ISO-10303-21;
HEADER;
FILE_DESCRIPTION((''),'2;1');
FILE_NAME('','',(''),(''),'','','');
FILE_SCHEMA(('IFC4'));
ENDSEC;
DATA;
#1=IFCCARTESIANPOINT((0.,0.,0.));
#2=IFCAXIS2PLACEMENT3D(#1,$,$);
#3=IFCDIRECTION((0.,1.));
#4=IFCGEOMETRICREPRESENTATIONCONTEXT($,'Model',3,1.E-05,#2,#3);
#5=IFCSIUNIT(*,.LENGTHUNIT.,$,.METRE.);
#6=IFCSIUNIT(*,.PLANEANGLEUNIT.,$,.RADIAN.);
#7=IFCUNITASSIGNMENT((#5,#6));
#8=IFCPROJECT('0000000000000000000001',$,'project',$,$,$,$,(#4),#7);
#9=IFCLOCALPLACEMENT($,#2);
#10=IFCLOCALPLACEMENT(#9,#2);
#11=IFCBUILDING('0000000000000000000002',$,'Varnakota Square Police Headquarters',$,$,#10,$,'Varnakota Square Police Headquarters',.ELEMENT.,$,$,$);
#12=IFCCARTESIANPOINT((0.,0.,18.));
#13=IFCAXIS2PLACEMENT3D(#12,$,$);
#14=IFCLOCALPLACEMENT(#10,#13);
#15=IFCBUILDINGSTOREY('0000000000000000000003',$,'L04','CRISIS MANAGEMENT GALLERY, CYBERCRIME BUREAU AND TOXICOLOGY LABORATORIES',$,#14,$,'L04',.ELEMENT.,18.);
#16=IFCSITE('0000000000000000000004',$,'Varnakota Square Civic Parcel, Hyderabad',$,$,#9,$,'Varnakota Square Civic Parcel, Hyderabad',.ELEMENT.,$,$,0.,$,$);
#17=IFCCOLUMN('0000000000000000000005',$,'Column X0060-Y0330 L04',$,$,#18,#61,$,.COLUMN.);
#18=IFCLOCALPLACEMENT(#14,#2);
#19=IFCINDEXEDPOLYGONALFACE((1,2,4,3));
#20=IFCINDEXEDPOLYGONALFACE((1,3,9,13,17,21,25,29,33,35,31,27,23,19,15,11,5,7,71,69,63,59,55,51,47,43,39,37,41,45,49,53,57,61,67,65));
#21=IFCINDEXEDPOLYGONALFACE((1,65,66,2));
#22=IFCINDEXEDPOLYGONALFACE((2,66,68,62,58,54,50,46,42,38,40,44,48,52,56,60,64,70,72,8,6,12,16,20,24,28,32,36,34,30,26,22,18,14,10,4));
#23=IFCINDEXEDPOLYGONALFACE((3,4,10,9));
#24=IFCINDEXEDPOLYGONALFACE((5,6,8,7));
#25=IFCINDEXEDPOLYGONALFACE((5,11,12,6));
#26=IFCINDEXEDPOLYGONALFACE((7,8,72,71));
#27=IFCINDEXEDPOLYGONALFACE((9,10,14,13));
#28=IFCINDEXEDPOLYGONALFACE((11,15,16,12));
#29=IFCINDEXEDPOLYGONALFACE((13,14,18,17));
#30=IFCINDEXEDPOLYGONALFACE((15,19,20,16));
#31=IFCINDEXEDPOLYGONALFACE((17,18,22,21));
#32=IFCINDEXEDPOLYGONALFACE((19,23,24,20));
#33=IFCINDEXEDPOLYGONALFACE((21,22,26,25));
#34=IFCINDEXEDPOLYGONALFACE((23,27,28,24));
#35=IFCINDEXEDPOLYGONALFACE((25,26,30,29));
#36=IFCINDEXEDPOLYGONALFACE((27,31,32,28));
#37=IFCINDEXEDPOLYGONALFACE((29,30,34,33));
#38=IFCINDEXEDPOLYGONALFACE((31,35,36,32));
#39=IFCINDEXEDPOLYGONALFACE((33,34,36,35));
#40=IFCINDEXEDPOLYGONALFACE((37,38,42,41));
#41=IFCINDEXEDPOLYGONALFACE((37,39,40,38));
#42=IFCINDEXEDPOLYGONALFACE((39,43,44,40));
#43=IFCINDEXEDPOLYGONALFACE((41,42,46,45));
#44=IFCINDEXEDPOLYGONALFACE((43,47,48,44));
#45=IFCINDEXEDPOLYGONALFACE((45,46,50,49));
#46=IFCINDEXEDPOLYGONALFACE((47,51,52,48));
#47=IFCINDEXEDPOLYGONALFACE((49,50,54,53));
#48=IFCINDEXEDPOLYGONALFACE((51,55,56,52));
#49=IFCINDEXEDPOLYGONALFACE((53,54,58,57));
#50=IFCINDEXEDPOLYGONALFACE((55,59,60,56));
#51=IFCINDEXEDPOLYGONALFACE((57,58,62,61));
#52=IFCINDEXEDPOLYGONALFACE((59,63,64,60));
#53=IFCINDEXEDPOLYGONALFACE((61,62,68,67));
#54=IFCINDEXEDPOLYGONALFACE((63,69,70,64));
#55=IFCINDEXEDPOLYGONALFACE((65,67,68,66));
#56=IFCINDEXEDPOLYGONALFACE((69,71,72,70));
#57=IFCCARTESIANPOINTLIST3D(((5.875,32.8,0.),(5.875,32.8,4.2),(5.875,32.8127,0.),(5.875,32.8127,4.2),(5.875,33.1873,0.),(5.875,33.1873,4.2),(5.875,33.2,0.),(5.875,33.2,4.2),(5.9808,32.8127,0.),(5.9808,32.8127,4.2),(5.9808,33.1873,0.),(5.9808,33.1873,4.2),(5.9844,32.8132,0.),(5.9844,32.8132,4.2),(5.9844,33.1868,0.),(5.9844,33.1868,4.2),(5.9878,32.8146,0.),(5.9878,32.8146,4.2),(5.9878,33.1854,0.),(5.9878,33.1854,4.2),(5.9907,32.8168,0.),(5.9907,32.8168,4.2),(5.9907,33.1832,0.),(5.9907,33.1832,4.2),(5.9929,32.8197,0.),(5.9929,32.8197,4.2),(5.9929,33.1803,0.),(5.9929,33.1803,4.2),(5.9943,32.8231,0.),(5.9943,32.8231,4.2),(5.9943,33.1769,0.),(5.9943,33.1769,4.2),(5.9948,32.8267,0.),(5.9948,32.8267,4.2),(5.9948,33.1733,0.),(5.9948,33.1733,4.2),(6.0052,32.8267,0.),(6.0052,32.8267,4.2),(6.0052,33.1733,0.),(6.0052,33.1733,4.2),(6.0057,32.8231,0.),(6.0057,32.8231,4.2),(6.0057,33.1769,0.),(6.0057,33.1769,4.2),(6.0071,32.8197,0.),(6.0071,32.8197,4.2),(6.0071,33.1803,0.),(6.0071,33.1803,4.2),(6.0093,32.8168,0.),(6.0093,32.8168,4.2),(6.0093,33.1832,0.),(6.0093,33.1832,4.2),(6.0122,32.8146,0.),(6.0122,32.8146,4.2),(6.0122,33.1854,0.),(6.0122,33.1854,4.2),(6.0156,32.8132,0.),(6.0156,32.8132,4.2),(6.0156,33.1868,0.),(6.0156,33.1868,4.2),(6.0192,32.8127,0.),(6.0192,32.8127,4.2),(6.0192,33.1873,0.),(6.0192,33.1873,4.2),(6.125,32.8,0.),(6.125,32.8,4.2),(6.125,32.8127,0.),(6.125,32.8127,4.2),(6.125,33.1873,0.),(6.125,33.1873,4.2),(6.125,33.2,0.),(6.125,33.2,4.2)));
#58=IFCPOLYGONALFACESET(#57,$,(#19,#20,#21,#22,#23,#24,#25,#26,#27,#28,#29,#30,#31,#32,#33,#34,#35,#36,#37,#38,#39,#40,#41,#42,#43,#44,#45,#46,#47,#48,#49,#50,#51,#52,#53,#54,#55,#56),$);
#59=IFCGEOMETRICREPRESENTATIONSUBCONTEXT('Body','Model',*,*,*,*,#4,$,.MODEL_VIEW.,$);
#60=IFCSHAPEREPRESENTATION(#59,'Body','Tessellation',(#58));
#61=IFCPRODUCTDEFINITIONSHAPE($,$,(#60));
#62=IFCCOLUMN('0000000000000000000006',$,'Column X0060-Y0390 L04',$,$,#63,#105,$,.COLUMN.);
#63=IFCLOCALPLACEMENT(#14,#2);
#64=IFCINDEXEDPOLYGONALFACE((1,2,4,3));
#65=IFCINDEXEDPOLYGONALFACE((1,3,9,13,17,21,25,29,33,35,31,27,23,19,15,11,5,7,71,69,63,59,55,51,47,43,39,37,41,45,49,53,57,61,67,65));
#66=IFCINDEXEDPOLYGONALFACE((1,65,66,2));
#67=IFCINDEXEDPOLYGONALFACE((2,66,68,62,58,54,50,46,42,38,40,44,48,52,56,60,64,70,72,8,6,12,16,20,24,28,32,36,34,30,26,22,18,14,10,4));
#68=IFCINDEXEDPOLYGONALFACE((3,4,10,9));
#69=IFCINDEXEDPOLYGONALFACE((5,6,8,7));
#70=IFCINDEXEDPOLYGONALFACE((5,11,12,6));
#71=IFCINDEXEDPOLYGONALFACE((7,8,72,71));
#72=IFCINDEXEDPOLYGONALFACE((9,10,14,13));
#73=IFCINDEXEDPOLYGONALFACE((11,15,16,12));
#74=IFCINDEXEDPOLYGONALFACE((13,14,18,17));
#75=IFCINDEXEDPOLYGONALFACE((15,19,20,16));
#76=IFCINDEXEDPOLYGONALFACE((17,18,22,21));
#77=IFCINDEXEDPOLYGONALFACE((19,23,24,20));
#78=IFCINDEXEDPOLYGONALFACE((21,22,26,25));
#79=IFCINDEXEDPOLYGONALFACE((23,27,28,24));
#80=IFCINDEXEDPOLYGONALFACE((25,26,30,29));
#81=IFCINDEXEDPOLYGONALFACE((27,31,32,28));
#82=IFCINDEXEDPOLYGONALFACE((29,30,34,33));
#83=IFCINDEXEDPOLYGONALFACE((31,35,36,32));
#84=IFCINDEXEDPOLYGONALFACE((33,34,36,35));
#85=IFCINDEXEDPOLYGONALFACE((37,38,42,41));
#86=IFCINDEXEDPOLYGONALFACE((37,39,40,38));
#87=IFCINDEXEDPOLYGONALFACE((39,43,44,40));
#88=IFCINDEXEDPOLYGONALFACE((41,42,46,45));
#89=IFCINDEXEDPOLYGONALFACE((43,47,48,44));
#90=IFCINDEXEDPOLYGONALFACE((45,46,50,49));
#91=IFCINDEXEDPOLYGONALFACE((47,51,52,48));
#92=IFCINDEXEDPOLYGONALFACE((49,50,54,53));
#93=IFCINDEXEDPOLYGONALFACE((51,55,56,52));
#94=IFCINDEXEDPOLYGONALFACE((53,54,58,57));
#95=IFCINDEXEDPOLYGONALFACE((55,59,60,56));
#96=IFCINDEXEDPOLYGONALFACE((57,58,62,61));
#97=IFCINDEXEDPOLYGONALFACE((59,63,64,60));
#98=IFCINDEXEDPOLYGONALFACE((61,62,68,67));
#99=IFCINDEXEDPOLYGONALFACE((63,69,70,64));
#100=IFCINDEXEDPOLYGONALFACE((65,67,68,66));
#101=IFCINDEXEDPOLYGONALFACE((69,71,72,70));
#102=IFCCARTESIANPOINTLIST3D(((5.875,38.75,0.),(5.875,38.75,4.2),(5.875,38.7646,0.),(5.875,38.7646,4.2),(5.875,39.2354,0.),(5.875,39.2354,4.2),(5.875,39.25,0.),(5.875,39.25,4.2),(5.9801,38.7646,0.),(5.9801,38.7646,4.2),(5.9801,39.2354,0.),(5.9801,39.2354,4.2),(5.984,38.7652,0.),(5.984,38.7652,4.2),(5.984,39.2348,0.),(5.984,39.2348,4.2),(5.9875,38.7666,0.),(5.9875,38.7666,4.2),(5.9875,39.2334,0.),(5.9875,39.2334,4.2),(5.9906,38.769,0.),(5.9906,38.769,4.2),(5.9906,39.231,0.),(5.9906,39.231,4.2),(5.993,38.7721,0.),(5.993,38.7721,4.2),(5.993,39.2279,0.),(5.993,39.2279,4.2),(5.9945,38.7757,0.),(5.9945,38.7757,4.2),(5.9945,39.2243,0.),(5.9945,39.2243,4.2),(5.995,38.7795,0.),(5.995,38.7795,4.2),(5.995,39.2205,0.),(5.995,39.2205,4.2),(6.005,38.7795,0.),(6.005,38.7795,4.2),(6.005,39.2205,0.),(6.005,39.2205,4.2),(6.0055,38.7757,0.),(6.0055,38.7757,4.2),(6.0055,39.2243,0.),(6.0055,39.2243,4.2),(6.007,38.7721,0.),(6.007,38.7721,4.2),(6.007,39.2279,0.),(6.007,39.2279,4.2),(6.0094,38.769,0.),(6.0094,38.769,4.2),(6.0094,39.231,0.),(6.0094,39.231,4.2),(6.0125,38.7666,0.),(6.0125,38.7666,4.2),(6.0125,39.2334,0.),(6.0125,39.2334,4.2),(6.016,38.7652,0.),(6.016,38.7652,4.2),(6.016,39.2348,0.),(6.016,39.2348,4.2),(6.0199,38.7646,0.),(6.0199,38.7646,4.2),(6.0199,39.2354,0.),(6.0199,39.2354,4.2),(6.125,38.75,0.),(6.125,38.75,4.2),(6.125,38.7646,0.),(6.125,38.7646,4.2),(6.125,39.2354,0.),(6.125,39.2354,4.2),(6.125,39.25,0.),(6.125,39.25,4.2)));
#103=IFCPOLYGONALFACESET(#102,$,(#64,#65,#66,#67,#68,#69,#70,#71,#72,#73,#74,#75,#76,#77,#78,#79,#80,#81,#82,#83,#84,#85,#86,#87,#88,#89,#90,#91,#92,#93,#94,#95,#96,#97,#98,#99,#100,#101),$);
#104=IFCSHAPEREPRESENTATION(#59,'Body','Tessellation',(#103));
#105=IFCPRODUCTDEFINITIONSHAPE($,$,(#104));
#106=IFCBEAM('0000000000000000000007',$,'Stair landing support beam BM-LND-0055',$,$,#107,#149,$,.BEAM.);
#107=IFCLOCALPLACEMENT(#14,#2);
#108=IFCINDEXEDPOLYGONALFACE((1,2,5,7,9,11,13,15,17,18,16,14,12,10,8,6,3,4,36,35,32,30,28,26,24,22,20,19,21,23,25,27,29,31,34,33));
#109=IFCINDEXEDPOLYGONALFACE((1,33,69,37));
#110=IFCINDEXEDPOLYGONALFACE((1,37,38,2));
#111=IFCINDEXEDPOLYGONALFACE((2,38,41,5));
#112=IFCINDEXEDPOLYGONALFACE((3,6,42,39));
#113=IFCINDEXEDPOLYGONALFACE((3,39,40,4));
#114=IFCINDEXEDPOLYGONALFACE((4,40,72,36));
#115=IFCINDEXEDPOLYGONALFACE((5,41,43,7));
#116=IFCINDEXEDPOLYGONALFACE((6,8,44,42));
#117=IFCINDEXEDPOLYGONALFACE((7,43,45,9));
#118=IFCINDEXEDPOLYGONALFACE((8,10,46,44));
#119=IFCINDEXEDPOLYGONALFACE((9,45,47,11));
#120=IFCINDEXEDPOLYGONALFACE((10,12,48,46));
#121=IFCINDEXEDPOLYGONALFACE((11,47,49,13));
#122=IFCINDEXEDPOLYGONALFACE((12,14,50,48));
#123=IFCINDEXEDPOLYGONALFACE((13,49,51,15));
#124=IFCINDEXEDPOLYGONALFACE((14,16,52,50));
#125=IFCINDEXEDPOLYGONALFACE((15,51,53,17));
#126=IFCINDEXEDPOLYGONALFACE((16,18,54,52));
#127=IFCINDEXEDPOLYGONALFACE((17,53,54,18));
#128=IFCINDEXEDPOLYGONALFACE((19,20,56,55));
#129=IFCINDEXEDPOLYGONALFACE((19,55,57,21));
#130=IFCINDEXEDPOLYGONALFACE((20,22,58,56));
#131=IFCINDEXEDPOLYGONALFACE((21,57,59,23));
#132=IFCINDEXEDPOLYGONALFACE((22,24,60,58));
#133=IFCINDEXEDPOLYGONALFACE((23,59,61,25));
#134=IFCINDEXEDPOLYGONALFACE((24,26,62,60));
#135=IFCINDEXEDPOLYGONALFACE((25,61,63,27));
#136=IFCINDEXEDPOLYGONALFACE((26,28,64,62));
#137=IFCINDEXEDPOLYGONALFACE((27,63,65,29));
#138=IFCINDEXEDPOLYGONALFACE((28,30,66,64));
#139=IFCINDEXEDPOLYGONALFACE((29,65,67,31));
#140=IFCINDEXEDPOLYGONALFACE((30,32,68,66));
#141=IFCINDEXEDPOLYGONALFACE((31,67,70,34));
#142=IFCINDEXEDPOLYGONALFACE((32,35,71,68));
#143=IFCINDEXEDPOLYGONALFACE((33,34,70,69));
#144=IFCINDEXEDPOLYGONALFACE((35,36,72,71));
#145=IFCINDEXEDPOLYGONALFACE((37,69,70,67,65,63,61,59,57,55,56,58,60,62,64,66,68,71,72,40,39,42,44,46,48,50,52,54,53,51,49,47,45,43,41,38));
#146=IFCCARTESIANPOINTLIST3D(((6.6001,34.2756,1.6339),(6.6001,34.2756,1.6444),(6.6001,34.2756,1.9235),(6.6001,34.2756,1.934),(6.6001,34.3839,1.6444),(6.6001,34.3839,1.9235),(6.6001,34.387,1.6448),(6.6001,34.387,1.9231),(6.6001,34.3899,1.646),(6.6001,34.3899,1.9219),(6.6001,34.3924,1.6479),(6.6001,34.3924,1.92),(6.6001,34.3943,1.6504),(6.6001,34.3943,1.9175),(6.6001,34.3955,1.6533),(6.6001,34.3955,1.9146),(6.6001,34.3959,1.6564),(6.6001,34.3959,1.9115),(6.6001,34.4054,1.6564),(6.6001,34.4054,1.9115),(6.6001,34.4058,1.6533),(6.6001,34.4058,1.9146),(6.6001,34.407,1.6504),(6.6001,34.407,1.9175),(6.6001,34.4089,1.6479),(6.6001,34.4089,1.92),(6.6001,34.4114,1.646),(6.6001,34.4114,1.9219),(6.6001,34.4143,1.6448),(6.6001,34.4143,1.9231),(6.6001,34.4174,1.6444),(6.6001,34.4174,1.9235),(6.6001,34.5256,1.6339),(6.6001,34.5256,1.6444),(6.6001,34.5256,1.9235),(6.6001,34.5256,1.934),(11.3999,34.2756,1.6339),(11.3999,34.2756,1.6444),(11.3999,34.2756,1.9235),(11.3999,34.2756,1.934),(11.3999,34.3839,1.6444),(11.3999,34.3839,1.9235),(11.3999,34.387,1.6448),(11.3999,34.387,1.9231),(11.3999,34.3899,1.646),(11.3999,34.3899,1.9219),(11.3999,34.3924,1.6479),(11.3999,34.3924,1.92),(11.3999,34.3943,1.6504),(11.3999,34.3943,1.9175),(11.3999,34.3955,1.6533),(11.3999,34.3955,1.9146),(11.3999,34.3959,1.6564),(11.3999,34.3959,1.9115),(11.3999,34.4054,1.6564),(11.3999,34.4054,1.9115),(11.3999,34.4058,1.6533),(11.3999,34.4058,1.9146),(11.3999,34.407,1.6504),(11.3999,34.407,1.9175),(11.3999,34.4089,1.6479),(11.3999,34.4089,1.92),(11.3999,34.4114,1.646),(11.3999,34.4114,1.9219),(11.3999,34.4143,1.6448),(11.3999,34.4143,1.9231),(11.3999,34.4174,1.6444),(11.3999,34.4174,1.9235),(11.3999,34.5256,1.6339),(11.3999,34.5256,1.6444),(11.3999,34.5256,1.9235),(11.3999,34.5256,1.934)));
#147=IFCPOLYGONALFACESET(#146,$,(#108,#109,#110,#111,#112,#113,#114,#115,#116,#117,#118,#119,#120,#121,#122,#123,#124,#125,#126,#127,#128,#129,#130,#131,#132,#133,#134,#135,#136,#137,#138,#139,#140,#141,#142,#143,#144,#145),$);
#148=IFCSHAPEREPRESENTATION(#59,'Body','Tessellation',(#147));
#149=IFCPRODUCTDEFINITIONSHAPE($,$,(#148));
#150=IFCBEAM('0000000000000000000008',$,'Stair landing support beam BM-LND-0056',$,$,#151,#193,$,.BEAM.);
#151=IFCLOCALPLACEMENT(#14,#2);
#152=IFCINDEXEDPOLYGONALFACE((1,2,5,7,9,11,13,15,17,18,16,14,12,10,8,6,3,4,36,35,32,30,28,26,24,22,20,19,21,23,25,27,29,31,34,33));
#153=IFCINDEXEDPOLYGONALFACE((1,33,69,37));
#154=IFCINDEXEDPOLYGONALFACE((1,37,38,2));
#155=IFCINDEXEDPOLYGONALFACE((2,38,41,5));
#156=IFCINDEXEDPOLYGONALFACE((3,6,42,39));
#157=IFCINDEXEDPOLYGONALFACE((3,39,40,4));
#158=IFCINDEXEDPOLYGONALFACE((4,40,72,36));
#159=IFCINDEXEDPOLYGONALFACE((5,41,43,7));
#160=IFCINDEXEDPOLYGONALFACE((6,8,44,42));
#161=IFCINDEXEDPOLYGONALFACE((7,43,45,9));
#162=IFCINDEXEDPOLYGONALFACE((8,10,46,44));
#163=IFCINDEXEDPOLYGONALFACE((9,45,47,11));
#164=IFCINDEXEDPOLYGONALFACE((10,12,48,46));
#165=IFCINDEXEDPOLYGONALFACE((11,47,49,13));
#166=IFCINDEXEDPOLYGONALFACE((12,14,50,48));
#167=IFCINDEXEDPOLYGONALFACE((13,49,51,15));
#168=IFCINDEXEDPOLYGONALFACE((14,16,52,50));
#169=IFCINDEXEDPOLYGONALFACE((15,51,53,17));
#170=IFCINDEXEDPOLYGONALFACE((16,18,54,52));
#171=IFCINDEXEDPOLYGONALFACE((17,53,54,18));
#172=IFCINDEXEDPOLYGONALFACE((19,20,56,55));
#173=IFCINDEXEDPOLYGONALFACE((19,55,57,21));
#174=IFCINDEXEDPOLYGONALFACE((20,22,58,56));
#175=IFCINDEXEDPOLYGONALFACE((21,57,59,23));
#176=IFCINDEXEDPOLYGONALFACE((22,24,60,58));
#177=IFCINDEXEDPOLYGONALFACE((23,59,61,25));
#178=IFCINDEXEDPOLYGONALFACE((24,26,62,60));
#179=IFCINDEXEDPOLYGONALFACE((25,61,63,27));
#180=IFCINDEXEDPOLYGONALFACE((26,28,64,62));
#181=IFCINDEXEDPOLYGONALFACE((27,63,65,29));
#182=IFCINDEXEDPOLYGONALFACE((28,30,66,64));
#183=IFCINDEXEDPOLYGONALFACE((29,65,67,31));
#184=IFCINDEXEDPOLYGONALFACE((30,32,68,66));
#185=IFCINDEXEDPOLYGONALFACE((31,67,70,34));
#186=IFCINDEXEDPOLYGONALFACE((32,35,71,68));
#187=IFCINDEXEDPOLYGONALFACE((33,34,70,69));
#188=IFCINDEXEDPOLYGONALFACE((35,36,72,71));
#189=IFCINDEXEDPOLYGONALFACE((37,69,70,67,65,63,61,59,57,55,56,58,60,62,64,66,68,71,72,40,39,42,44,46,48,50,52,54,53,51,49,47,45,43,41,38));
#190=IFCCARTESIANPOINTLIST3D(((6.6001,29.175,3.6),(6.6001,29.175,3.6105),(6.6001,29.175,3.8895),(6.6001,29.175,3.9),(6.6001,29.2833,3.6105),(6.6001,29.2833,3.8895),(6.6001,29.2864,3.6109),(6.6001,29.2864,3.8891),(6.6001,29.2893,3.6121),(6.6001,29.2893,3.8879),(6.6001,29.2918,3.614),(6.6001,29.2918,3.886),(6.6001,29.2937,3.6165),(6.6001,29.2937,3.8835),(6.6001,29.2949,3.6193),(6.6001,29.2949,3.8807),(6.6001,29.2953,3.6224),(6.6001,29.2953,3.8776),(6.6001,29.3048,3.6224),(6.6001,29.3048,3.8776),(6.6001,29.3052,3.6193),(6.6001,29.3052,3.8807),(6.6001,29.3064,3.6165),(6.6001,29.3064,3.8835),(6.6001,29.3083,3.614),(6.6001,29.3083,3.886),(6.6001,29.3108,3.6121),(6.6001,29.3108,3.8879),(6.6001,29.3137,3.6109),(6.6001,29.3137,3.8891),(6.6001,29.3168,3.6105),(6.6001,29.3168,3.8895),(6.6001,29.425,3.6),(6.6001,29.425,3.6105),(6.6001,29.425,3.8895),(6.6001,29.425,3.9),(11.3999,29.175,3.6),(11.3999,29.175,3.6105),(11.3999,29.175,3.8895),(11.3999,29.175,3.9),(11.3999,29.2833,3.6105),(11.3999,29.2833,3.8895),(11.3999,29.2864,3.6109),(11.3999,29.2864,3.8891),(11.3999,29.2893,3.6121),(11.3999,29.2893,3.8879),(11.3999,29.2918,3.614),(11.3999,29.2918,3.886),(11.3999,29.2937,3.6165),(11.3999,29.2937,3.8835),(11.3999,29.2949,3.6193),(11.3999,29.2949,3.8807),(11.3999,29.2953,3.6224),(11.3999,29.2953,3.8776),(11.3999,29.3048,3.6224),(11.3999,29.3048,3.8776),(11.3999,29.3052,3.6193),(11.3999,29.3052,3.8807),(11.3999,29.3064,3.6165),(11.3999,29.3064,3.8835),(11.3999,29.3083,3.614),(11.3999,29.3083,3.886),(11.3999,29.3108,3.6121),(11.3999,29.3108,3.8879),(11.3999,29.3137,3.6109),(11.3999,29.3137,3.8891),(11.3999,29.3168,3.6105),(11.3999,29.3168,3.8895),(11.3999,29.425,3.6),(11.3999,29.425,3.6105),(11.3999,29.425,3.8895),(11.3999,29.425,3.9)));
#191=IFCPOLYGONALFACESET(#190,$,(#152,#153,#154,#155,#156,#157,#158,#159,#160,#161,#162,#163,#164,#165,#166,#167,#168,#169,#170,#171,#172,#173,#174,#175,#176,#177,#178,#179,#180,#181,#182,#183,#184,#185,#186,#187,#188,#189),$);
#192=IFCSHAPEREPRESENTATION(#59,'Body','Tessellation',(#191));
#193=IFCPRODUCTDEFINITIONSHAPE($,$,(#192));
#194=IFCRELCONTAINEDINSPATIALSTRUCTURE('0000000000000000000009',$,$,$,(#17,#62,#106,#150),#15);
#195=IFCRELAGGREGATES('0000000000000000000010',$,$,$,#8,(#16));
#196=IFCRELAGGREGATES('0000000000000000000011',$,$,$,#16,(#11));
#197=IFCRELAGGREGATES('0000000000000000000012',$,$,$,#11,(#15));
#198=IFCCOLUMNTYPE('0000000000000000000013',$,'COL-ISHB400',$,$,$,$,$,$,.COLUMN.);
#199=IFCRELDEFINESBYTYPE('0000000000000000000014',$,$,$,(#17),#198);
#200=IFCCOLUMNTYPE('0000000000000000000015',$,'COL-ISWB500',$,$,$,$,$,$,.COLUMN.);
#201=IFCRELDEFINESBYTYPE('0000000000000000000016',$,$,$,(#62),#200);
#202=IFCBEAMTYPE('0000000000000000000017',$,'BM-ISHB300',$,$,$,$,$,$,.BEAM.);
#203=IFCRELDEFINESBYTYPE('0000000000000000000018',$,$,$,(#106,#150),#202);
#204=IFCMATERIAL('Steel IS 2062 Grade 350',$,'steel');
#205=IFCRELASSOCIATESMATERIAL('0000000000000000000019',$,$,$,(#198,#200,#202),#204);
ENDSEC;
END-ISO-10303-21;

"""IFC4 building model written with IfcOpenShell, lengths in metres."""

from ifc_helpers import new_model, si_unit, direction, frame, origin, origin_2d, place, context, subcontext, project, spatial, i_section, extrude, material, material_profile, profile_set, type_object, element, save


model = new_model("IFC4")

# Units and contexts
model_context = context("Model", 3, precision=1e-05, world=origin(), true_north=direction((0.0, 1.0)))
body_context = subcontext(model_context, "Body", "Model", "MODEL_VIEW")
ifc_project = project(units=[si_unit("LENGTHUNIT", "METRE"), si_unit("PLANEANGLEUNIT", "RADIAN")], contexts=[model_context])

# Site, building, storey
site_placement = place(None, origin())
site = spatial("IfcSite", under=ifc_project, at=site_placement, Name="Varnakota Square Civic Parcel, Hyderabad", LongName="Varnakota Square Civic Parcel, Hyderabad", CompositionType="ELEMENT", RefElevation=0.0)
building_placement = place(site_placement, origin())
building = spatial("IfcBuilding", under=site, at=building_placement, Name="Varnakota Square Police Headquarters", LongName="Varnakota Square Police Headquarters", CompositionType="ELEMENT")
storey_placement = place(building_placement, frame((0.0, 0.0, 18.0)))
storey = spatial("IfcBuildingStorey", under=building, at=storey_placement, Name="L04", Description="CRISIS MANAGEMENT GALLERY, CYBERCRIME BUREAU AND TOXICOLOGY LABORATORIES", LongName="L04", CompositionType="ELEMENT", Elevation=18.0)

# Columns
ifc_material_1 = material(Name="Steel IS 2062 Grade 350", Category="steel")
ifc_material_profile_1 = material_profile(ifc_material_1, i_section(OverallWidth=0.25, OverallDepth=0.3999, WebThickness=0.0105, FlangeThickness=0.0127, FilletRadius=0.0139, at=origin_2d()), Name="ISHB 400")
ifc_profile_set_1 = profile_set([ifc_material_profile_1], Name="Steel IS 2062 Grade 350")
column_type_1 = type_object("IfcColumnType", Name="COL-ISHB400", PredefinedType="COLUMN", material=ifc_profile_set_1)
column_1_placement = place(storey_placement, frame((6.0, 33.0, 0.0), z_axis=(0.0, 0.0, 1.0), x_axis=(1.0, 0.0, 0.0)))
element("IfcColumn", 1, at=column_1_placement, inside=storey, type_object=column_type_1, Name="Column X0060-Y0330 L04", PredefinedType="COLUMN", context=body_context, shape_type="SweptSolid", body=[
    extrude(i_section(OverallWidth=0.25, OverallDepth=0.3999, WebThickness=0.0105, FlangeThickness=0.0127, FilletRadius=0.0139, at=origin_2d()), origin(), (0.0, 0.0, 1.0), 4.2),
])
ifc_material_profile_2 = material_profile(ifc_material_1, i_section(OverallWidth=0.25, OverallDepth=0.5, WebThickness=0.01, FlangeThickness=0.0146, FilletRadius=0.0149, at=origin_2d()), Name="ISWB 500")
ifc_profile_set_2 = profile_set([ifc_material_profile_2], Name="Steel IS 2062 Grade 350")
column_type_2 = type_object("IfcColumnType", Name="COL-ISWB500", PredefinedType="COLUMN", material=ifc_profile_set_2)
column_2_placement = place(storey_placement, frame((6.0, 39.0, 0.0), z_axis=(0.0, 0.0, 1.0), x_axis=(1.0, 0.0, 0.0)))
element("IfcColumn", 2, at=column_2_placement, inside=storey, type_object=column_type_2, Name="Column X0060-Y0390 L04", PredefinedType="COLUMN", context=body_context, shape_type="SweptSolid", body=[
    extrude(i_section(OverallWidth=0.25, OverallDepth=0.5, WebThickness=0.01, FlangeThickness=0.0146, FilletRadius=0.0149, at=origin_2d()), origin(), (0.0, 0.0, 1.0), 4.2),
])

# Beams
ifc_material_profile_3 = material_profile(ifc_material_1, i_section(OverallWidth=0.25, OverallDepth=0.3, WebThickness=0.0095, FlangeThickness=0.0105, FilletRadius=0.012, at=origin_2d()), Name="ISHB 300")
ifc_profile_set_3 = profile_set([ifc_material_profile_3], Name="Steel IS 2062 Grade 350")
beam_type_1 = type_object("IfcBeamType", Name="BM-ISHB300", PredefinedType="BEAM", material=ifc_profile_set_3)
for number, where, z_axis, x_axis, name in (
    (3, (6.6001, 34.4006, 1.7839), (1.0, 0.0, 0.0), (0.0, 1.0, 0.0), "Stair landing support beam BM-LND-0055"),
    (4, (6.6001, 29.3, 3.75), (1.0, 0.0, 0.0), (0.0, 1.0, 0.0), "Stair landing support beam BM-LND-0056"),
):
    element("IfcBeam", number, at=place(storey_placement, frame(where, z_axis=z_axis, x_axis=x_axis)), inside=storey, type_object=beam_type_1, Name=name, PredefinedType="BEAM", context=body_context, shape_type="SweptSolid", body=[
        extrude(i_section(OverallWidth=0.25, OverallDepth=0.3, WebThickness=0.0095, FlangeThickness=0.0105, FilletRadius=0.012, at=origin_2d()), origin(), (0.0, 0.0, 1.0), 4.7998),
    ])

save(model, "model.ifc")
